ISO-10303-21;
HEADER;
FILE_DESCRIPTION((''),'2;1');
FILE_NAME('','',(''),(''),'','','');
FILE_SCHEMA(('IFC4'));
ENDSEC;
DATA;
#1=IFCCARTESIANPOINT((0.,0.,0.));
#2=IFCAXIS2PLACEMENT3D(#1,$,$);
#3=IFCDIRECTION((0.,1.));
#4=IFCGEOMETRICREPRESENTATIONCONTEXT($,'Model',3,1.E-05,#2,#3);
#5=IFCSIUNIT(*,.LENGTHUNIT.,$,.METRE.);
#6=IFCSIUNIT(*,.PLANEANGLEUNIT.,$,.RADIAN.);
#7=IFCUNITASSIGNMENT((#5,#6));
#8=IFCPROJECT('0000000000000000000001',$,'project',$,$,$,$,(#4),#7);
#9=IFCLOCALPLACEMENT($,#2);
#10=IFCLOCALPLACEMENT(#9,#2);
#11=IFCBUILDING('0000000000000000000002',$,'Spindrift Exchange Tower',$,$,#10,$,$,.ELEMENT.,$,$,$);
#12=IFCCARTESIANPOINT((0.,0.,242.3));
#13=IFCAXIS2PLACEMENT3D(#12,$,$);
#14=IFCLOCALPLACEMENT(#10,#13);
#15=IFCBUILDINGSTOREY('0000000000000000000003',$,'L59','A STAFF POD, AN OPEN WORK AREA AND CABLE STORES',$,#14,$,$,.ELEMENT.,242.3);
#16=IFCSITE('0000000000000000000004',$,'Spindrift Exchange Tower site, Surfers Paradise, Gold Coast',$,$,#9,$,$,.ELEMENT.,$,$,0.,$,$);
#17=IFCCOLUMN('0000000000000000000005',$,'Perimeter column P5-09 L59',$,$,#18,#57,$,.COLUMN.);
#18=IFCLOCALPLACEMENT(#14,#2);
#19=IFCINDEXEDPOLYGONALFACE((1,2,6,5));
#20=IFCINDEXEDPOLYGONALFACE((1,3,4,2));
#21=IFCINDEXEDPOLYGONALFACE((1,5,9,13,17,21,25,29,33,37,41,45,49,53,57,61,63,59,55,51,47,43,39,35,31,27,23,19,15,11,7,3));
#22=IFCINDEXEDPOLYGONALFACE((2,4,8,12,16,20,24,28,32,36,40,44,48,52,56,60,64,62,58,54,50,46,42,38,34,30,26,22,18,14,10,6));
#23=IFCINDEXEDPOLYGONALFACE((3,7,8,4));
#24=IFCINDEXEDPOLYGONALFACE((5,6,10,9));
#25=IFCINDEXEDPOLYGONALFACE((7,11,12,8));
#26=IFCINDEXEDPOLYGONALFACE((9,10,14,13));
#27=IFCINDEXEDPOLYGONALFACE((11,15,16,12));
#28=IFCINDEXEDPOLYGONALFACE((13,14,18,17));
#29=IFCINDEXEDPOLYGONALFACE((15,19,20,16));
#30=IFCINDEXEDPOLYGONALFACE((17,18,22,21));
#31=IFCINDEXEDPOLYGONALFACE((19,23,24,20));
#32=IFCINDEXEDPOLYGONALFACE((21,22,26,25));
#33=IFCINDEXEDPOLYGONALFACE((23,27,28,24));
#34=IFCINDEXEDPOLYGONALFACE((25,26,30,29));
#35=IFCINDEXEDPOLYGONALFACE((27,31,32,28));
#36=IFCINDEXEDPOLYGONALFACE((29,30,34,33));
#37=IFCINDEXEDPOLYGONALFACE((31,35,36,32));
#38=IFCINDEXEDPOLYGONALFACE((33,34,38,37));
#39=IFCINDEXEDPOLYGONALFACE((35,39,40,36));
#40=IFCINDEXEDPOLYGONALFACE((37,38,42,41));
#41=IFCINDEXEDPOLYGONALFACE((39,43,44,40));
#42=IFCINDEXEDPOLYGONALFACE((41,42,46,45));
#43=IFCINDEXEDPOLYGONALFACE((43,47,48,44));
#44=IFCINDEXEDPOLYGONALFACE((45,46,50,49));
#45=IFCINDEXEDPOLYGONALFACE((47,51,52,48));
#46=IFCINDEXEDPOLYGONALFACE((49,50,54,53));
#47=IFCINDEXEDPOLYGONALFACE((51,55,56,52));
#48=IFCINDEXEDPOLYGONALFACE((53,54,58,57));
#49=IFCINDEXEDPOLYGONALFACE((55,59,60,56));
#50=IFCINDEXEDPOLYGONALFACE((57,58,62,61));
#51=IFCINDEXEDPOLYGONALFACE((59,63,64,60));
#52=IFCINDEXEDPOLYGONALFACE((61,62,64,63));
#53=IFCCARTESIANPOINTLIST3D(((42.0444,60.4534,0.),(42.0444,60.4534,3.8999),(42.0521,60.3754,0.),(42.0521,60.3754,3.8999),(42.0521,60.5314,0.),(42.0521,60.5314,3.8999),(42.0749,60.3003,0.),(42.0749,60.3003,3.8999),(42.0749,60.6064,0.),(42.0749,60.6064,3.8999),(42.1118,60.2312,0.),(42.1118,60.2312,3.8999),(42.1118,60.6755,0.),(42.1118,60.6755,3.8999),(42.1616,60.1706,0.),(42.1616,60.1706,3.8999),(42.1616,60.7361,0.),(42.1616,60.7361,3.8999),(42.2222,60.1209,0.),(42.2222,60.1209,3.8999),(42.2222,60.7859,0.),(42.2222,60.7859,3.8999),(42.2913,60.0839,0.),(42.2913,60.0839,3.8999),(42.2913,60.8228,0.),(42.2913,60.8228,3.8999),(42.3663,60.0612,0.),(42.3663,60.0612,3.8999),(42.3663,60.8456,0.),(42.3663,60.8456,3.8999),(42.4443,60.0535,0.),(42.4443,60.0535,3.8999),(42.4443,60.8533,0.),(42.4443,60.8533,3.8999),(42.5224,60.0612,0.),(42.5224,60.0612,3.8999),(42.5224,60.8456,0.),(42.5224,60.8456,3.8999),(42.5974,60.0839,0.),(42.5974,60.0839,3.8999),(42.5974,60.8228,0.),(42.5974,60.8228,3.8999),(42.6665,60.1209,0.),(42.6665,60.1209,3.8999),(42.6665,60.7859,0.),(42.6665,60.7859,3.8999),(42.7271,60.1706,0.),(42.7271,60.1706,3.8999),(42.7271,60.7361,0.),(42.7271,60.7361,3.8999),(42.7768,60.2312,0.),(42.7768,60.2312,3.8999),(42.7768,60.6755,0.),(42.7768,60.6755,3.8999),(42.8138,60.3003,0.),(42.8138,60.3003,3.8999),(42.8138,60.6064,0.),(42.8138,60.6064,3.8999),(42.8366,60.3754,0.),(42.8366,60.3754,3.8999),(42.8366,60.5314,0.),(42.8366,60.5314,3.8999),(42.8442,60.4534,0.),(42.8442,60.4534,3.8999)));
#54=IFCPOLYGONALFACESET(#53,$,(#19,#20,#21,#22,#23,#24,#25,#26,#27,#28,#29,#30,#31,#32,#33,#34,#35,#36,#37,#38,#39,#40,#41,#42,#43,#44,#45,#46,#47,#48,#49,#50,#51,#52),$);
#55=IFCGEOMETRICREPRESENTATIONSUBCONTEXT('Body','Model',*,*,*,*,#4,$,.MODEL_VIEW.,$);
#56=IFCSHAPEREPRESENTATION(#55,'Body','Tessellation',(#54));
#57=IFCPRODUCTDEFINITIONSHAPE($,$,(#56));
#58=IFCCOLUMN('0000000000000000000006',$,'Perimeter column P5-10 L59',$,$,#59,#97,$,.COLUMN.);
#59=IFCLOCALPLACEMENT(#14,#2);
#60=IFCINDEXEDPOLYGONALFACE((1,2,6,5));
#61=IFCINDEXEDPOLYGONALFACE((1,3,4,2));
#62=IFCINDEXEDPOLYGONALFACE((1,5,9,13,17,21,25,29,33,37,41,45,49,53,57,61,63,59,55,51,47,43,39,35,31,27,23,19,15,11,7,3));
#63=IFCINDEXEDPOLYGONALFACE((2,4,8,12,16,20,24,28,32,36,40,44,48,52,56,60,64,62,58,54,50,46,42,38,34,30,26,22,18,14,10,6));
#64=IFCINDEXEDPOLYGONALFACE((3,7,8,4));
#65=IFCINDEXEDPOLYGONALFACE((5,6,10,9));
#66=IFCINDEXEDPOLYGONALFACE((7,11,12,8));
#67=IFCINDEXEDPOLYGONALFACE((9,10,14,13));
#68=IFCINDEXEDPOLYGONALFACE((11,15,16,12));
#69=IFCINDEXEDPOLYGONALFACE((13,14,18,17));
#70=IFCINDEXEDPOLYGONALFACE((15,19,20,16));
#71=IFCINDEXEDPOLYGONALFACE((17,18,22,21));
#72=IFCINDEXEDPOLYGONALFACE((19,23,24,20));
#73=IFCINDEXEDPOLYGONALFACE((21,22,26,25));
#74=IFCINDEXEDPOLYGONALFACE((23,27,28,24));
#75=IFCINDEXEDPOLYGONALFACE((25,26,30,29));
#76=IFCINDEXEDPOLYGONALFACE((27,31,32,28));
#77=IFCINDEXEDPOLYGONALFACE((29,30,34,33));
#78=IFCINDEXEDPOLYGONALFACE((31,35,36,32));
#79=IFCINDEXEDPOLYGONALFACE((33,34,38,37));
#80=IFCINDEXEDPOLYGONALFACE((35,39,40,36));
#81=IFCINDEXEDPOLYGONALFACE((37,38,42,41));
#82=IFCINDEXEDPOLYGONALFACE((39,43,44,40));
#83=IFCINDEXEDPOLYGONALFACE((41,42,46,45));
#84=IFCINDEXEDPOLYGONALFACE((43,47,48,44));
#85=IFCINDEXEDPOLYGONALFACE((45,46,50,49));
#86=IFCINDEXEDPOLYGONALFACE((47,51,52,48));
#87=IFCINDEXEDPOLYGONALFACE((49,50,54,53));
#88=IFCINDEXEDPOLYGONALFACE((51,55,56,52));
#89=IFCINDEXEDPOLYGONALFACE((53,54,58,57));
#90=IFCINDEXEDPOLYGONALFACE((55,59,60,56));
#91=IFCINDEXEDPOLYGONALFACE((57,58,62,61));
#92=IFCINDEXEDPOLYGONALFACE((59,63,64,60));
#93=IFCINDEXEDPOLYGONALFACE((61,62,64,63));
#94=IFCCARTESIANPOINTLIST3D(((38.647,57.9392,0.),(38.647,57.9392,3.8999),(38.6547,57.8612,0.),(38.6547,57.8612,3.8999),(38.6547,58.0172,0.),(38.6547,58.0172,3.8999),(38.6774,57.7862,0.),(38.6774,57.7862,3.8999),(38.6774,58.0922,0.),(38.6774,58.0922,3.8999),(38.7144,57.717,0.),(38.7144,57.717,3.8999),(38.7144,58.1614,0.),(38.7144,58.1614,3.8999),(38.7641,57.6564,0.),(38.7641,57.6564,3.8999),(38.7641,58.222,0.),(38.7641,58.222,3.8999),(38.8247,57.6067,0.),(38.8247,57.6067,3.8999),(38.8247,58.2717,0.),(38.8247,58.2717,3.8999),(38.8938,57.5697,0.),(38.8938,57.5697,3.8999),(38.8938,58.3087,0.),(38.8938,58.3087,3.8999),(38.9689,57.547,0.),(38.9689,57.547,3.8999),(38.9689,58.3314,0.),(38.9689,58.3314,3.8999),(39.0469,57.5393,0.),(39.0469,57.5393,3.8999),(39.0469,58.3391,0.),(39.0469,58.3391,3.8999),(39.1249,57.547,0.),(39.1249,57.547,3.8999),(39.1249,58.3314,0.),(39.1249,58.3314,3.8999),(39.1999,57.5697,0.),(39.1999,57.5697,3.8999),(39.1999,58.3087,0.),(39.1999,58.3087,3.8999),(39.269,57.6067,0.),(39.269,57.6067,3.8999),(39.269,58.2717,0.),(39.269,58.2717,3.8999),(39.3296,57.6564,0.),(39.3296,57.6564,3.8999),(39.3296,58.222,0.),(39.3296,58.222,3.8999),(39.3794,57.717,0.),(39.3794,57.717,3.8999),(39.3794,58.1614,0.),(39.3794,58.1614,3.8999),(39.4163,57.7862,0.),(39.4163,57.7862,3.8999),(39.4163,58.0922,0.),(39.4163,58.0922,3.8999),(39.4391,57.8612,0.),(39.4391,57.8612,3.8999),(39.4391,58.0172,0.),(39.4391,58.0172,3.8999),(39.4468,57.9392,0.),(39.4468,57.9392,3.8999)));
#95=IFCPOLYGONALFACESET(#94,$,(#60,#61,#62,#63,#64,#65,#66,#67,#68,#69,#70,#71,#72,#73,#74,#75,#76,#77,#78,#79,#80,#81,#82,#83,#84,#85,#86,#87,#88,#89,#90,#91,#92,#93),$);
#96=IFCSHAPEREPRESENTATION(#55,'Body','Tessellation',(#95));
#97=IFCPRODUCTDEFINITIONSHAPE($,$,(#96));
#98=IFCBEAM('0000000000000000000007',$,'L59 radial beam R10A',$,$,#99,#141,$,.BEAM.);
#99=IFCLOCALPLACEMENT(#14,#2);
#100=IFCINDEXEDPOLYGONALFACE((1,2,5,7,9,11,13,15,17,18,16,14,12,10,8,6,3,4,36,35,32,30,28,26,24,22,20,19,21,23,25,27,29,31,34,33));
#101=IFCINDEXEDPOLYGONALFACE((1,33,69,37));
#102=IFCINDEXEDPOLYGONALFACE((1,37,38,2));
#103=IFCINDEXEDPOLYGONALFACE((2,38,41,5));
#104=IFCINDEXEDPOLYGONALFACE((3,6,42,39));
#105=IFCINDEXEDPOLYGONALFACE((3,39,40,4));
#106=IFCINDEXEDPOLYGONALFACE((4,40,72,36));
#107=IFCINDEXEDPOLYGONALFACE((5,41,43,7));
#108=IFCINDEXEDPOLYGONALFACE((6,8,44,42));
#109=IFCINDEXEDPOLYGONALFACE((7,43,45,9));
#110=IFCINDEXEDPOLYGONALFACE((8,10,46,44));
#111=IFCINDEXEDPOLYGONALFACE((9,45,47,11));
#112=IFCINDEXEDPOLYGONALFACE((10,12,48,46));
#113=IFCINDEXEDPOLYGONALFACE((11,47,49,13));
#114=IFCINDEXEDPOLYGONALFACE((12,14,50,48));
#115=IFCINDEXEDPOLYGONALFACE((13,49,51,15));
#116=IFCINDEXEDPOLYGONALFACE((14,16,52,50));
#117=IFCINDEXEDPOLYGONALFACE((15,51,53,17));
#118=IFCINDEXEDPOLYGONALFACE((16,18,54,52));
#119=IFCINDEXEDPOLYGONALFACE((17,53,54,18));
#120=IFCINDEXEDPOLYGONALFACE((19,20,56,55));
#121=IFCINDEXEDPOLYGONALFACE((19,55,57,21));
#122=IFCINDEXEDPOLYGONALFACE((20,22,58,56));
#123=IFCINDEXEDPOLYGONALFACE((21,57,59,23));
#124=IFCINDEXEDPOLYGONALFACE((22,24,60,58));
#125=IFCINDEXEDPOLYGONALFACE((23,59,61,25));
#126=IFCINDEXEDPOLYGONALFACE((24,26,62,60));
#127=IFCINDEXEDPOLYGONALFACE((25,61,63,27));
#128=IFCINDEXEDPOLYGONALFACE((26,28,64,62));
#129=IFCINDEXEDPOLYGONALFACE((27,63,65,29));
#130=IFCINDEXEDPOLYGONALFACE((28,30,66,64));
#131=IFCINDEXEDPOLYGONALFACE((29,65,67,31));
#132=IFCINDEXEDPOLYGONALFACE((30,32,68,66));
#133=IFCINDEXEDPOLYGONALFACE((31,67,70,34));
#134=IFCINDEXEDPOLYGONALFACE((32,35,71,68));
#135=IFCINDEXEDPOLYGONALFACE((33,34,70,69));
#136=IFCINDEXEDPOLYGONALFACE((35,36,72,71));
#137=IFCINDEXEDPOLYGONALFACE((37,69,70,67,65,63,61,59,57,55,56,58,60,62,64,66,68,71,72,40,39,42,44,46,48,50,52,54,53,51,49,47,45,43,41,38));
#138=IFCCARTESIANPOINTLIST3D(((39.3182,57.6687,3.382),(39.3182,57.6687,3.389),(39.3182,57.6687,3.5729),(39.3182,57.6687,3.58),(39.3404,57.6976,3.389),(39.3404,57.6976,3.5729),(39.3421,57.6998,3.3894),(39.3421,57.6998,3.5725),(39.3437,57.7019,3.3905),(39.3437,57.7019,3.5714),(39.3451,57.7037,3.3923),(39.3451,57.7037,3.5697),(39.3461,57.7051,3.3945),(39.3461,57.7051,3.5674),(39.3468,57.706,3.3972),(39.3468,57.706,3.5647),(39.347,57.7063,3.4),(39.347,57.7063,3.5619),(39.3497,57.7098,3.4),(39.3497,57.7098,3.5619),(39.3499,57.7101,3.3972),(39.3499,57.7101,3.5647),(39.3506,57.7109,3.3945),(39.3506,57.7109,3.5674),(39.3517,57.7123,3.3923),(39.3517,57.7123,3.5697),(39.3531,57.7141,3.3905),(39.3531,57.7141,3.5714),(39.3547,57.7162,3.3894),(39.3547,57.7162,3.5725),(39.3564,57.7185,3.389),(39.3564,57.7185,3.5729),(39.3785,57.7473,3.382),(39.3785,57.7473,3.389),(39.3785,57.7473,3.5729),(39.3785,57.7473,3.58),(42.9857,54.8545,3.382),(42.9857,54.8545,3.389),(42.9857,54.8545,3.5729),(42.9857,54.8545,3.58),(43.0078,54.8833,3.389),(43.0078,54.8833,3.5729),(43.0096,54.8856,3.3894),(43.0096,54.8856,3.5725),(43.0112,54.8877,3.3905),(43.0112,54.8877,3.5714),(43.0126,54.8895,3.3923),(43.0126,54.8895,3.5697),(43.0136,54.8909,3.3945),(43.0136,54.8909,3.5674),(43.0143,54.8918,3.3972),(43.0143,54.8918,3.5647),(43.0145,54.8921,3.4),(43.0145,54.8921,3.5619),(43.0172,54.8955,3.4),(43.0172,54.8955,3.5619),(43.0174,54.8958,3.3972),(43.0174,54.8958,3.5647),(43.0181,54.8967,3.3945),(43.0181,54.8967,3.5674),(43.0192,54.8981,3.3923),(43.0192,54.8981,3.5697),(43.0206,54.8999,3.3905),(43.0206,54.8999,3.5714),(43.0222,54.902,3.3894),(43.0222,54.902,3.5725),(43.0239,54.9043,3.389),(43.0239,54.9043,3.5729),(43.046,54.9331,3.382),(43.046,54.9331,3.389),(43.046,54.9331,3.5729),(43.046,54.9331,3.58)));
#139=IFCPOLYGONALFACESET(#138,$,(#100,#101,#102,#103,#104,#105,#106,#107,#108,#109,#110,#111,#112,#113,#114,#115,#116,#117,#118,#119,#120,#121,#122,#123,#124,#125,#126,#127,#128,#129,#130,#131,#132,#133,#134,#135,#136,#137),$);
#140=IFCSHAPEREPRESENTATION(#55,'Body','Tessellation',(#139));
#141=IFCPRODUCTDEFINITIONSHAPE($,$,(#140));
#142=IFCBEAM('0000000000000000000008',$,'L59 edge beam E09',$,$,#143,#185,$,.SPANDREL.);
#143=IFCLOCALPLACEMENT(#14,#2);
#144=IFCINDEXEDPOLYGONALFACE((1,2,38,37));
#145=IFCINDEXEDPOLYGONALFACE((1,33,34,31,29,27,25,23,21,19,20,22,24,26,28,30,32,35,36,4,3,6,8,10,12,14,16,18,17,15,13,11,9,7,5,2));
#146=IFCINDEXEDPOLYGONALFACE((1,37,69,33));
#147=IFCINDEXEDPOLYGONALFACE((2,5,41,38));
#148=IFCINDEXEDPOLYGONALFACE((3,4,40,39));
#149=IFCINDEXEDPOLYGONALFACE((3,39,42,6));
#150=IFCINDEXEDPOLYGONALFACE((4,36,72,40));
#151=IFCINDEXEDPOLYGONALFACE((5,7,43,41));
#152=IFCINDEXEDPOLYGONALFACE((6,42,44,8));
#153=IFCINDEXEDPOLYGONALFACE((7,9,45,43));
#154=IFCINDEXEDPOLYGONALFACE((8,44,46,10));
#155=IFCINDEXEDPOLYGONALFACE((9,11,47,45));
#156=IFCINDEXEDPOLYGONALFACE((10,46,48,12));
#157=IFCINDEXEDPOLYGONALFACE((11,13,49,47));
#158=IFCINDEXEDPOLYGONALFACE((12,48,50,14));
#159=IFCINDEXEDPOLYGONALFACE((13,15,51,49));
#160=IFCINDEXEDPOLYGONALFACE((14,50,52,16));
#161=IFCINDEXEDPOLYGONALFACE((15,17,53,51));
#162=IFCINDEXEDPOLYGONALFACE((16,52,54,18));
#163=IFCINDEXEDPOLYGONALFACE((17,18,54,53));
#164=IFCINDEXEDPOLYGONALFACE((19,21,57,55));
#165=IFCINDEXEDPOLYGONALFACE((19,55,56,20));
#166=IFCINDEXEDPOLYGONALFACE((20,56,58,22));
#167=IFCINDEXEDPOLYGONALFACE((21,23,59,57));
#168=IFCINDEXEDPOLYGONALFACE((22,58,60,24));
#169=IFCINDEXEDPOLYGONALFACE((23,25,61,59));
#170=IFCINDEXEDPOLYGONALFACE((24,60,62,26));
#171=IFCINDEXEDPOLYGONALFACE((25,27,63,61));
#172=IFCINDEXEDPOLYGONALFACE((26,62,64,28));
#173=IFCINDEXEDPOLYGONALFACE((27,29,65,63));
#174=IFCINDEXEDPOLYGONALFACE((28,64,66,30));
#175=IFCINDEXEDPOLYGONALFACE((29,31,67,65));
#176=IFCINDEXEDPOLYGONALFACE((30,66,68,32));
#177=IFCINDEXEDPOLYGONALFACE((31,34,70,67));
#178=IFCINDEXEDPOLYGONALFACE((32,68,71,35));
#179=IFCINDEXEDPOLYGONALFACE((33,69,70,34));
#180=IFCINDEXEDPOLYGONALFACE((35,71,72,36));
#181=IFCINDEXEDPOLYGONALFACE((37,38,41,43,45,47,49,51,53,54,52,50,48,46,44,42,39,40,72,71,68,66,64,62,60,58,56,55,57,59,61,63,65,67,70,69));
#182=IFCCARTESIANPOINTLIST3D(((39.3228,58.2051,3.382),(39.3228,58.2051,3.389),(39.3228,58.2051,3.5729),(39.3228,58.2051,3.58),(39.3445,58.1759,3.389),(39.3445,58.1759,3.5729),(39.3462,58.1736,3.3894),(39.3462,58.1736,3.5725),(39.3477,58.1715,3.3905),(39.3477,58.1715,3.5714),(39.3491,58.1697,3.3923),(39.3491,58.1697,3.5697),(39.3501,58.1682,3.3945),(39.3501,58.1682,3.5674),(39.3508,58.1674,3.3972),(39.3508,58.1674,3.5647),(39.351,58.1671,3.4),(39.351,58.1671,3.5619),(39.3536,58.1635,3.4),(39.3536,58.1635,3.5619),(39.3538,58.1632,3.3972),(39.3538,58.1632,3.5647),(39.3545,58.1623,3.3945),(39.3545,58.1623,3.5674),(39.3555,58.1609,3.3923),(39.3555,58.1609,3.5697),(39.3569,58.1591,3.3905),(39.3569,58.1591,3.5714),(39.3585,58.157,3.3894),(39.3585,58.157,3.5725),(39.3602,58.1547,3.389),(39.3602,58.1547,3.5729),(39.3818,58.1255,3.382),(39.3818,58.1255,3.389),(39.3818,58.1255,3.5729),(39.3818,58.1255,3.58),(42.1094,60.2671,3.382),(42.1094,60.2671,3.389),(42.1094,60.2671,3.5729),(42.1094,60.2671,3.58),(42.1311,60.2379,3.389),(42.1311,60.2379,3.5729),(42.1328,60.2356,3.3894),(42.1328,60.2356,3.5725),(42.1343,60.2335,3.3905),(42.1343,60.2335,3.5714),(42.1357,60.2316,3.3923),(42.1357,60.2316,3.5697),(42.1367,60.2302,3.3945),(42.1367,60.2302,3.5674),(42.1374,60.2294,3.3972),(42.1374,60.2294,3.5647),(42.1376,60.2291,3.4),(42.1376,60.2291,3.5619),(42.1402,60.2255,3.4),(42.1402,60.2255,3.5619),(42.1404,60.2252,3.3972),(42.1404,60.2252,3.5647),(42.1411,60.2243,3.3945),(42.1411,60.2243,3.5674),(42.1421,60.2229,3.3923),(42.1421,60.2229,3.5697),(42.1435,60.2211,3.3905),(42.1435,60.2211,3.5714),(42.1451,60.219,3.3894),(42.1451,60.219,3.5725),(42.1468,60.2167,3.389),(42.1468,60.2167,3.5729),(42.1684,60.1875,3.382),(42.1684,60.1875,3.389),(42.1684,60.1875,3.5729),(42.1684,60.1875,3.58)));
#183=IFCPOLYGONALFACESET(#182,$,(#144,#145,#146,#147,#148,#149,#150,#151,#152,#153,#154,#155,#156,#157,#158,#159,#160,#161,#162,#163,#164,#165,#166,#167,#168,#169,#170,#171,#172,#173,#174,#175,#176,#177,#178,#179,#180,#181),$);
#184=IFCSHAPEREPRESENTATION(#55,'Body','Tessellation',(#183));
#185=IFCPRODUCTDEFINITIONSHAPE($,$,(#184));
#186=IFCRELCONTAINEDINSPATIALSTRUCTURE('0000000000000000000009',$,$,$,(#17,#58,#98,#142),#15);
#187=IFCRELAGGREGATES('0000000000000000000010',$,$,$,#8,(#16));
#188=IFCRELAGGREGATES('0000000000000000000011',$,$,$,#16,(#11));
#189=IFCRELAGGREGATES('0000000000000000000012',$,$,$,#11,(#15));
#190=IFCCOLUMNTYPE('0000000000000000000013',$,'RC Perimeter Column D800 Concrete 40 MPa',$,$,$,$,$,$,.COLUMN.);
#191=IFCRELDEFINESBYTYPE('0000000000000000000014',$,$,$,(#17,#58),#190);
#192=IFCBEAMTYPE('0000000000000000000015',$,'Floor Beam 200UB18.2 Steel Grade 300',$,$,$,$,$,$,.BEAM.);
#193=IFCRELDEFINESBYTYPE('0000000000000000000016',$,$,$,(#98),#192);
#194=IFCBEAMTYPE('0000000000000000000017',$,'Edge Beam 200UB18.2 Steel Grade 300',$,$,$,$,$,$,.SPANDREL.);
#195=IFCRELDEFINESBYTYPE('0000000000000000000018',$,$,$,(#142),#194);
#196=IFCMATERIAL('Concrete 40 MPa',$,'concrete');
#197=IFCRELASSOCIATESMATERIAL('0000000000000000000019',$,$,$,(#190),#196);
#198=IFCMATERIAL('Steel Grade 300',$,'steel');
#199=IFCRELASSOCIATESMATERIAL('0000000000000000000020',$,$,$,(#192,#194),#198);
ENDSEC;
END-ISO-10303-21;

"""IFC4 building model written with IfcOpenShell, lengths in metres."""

from ifc_helpers import new_model, si_unit, direction, frame, origin, origin_2d, place, context, subcontext, project, spatial, circle, i_section, extrude, source, transform, mapped, material, material_profile, profile_set, type_object, element, save


model = new_model("IFC4")

# Units and contexts
model_context = context("Model", 3, precision=1e-05, world=origin(), true_north=direction((0.0, 1.0)))
body_context = subcontext(model_context, "Body", "Model", "MODEL_VIEW")
ifc_project = project(units=[si_unit("LENGTHUNIT", "METRE"), si_unit("PLANEANGLEUNIT", "RADIAN")], contexts=[model_context])

# Site, building, storey
site_placement = place(None, origin())
site = spatial("IfcSite", under=ifc_project, at=site_placement, Name="Spindrift Exchange Tower site, Surfers Paradise, Gold Coast", CompositionType="ELEMENT", RefElevation=0.0)
building_placement = place(site_placement, origin())
building = spatial("IfcBuilding", under=site, at=building_placement, Name="Spindrift Exchange Tower", CompositionType="ELEMENT")
storey_placement = place(building_placement, frame((0.0, 0.0, 242.3)))
storey = spatial("IfcBuildingStorey", under=building, at=storey_placement, Name="L59", Description="A STAFF POD, AN OPEN WORK AREA AND CABLE STORES", CompositionType="ELEMENT", Elevation=242.3)

# Columns
ifc_material_1 = material(Name="Concrete 40 MPa", Category="concrete")
ifc_material_profile_1 = material_profile(ifc_material_1, circle(Radius=0.3999, at=origin_2d()), Name="RC D800")
ifc_profile_set_1 = profile_set([ifc_material_profile_1], Name="Concrete 40 MPa")
column_type = type_object("IfcColumnType", Name="RC Perimeter Column D800 Concrete 40 MPa", PredefinedType="COLUMN", material=ifc_profile_set_1)
shared_shape_1 = source(origin(), body_context, "Body", "SweptSolid", [
    extrude(circle(Radius=0.3999, at=origin_2d()), origin(), (0.0, 0.0, 1.0), 3.8999),
])
for number, where, z_axis, x_axis, name in (
    (1, (42.4443, 60.4534, 0.0), (0.0, 0.0, 1.0), (1.0, 0.0, 0.0), "Perimeter column P5-09 L59"),
    (2, (39.0469, 57.9392, 0.0), (0.0, 0.0, 1.0), (1.0, 0.0, 0.0), "Perimeter column P5-10 L59"),
):
    element("IfcColumn", number, at=place(storey_placement, frame(where, z_axis=z_axis, x_axis=x_axis)), inside=storey, type_object=column_type, Name=name, PredefinedType="COLUMN", context=body_context, shape_type="MappedRepresentation", body=[
        mapped(shared_shape_1, transform((0.0, 0.0, 0.0), scale=1.0)),
    ])

# Beams
ifc_material_2 = material(Name="Steel Grade 300", Category="steel")
ifc_material_profile_2 = material_profile(ifc_material_2, i_section(OverallWidth=0.0991, OverallDepth=0.198, WebThickness=0.0044, FlangeThickness=0.0071, FilletRadius=0.011, at=origin_2d()), Name="200UB18.2")
ifc_profile_set_2 = profile_set([ifc_material_profile_2], Name="Steel Grade 300")
beam_type_1 = type_object("IfcBeamType", Name="Floor Beam 200UB18.2 Steel Grade 300", PredefinedType="BEAM", material=ifc_profile_set_2)
shared_shape_2 = source(origin(), body_context, "Body", "SweptSolid", [
    extrude(i_section(OverallWidth=0.0991, OverallDepth=0.198, WebThickness=0.0044, FlangeThickness=0.0071, FilletRadius=0.011, at=origin_2d()), origin(), (0.0, 0.0, 1.0), 4.6228),
])
beam_1_placement = place(storey_placement, frame((43.0159, 54.8938, 3.481), z_axis=(-0.793348, 0.608769, 0.0), x_axis=(-0.608769, -0.793348, 0.0)))
element("IfcBeam", 3, at=beam_1_placement, inside=storey, type_object=beam_type_1, Name="L59 radial beam R10A", PredefinedType="BEAM", context=body_context, shape_type="MappedRepresentation", body=[
    mapped(shared_shape_2, transform((0.0, 0.0, 0.0), scale=1.0)),
])
ifc_material_profile_3 = material_profile(ifc_material_2, i_section(OverallWidth=0.0991, OverallDepth=0.198, WebThickness=0.0044, FlangeThickness=0.0071, FilletRadius=0.011, at=origin_2d()), Name="200UB18.2")
ifc_profile_set_3 = profile_set([ifc_material_profile_3], Name="Steel Grade 300")
beam_type_2 = type_object("IfcBeamType", Name="Edge Beam 200UB18.2 Steel Grade 300", PredefinedType="SPANDREL", material=ifc_profile_set_3)
shared_shape_3 = source(origin(), body_context, "Body", "SweptSolid", [
    extrude(i_section(OverallWidth=0.0991, OverallDepth=0.198, WebThickness=0.0044, FlangeThickness=0.0071, FilletRadius=0.011, at=origin_2d()), origin(), (0.0, 0.0, 1.0), 3.4666),
])
beam_2_placement = place(storey_placement, frame((42.1389, 60.2273, 3.481), z_axis=(-0.803854, -0.594827, 0.0), x_axis=(0.594827, -0.803854, 0.0)))
element("IfcBeam", 4, at=beam_2_placement, inside=storey, type_object=beam_type_2, Name="L59 edge beam E09", PredefinedType="SPANDREL", context=body_context, shape_type="MappedRepresentation", body=[
    mapped(shared_shape_3, transform((0.0, 0.0, 0.0), scale=1.0)),
])

save(model, "model.ifc")
